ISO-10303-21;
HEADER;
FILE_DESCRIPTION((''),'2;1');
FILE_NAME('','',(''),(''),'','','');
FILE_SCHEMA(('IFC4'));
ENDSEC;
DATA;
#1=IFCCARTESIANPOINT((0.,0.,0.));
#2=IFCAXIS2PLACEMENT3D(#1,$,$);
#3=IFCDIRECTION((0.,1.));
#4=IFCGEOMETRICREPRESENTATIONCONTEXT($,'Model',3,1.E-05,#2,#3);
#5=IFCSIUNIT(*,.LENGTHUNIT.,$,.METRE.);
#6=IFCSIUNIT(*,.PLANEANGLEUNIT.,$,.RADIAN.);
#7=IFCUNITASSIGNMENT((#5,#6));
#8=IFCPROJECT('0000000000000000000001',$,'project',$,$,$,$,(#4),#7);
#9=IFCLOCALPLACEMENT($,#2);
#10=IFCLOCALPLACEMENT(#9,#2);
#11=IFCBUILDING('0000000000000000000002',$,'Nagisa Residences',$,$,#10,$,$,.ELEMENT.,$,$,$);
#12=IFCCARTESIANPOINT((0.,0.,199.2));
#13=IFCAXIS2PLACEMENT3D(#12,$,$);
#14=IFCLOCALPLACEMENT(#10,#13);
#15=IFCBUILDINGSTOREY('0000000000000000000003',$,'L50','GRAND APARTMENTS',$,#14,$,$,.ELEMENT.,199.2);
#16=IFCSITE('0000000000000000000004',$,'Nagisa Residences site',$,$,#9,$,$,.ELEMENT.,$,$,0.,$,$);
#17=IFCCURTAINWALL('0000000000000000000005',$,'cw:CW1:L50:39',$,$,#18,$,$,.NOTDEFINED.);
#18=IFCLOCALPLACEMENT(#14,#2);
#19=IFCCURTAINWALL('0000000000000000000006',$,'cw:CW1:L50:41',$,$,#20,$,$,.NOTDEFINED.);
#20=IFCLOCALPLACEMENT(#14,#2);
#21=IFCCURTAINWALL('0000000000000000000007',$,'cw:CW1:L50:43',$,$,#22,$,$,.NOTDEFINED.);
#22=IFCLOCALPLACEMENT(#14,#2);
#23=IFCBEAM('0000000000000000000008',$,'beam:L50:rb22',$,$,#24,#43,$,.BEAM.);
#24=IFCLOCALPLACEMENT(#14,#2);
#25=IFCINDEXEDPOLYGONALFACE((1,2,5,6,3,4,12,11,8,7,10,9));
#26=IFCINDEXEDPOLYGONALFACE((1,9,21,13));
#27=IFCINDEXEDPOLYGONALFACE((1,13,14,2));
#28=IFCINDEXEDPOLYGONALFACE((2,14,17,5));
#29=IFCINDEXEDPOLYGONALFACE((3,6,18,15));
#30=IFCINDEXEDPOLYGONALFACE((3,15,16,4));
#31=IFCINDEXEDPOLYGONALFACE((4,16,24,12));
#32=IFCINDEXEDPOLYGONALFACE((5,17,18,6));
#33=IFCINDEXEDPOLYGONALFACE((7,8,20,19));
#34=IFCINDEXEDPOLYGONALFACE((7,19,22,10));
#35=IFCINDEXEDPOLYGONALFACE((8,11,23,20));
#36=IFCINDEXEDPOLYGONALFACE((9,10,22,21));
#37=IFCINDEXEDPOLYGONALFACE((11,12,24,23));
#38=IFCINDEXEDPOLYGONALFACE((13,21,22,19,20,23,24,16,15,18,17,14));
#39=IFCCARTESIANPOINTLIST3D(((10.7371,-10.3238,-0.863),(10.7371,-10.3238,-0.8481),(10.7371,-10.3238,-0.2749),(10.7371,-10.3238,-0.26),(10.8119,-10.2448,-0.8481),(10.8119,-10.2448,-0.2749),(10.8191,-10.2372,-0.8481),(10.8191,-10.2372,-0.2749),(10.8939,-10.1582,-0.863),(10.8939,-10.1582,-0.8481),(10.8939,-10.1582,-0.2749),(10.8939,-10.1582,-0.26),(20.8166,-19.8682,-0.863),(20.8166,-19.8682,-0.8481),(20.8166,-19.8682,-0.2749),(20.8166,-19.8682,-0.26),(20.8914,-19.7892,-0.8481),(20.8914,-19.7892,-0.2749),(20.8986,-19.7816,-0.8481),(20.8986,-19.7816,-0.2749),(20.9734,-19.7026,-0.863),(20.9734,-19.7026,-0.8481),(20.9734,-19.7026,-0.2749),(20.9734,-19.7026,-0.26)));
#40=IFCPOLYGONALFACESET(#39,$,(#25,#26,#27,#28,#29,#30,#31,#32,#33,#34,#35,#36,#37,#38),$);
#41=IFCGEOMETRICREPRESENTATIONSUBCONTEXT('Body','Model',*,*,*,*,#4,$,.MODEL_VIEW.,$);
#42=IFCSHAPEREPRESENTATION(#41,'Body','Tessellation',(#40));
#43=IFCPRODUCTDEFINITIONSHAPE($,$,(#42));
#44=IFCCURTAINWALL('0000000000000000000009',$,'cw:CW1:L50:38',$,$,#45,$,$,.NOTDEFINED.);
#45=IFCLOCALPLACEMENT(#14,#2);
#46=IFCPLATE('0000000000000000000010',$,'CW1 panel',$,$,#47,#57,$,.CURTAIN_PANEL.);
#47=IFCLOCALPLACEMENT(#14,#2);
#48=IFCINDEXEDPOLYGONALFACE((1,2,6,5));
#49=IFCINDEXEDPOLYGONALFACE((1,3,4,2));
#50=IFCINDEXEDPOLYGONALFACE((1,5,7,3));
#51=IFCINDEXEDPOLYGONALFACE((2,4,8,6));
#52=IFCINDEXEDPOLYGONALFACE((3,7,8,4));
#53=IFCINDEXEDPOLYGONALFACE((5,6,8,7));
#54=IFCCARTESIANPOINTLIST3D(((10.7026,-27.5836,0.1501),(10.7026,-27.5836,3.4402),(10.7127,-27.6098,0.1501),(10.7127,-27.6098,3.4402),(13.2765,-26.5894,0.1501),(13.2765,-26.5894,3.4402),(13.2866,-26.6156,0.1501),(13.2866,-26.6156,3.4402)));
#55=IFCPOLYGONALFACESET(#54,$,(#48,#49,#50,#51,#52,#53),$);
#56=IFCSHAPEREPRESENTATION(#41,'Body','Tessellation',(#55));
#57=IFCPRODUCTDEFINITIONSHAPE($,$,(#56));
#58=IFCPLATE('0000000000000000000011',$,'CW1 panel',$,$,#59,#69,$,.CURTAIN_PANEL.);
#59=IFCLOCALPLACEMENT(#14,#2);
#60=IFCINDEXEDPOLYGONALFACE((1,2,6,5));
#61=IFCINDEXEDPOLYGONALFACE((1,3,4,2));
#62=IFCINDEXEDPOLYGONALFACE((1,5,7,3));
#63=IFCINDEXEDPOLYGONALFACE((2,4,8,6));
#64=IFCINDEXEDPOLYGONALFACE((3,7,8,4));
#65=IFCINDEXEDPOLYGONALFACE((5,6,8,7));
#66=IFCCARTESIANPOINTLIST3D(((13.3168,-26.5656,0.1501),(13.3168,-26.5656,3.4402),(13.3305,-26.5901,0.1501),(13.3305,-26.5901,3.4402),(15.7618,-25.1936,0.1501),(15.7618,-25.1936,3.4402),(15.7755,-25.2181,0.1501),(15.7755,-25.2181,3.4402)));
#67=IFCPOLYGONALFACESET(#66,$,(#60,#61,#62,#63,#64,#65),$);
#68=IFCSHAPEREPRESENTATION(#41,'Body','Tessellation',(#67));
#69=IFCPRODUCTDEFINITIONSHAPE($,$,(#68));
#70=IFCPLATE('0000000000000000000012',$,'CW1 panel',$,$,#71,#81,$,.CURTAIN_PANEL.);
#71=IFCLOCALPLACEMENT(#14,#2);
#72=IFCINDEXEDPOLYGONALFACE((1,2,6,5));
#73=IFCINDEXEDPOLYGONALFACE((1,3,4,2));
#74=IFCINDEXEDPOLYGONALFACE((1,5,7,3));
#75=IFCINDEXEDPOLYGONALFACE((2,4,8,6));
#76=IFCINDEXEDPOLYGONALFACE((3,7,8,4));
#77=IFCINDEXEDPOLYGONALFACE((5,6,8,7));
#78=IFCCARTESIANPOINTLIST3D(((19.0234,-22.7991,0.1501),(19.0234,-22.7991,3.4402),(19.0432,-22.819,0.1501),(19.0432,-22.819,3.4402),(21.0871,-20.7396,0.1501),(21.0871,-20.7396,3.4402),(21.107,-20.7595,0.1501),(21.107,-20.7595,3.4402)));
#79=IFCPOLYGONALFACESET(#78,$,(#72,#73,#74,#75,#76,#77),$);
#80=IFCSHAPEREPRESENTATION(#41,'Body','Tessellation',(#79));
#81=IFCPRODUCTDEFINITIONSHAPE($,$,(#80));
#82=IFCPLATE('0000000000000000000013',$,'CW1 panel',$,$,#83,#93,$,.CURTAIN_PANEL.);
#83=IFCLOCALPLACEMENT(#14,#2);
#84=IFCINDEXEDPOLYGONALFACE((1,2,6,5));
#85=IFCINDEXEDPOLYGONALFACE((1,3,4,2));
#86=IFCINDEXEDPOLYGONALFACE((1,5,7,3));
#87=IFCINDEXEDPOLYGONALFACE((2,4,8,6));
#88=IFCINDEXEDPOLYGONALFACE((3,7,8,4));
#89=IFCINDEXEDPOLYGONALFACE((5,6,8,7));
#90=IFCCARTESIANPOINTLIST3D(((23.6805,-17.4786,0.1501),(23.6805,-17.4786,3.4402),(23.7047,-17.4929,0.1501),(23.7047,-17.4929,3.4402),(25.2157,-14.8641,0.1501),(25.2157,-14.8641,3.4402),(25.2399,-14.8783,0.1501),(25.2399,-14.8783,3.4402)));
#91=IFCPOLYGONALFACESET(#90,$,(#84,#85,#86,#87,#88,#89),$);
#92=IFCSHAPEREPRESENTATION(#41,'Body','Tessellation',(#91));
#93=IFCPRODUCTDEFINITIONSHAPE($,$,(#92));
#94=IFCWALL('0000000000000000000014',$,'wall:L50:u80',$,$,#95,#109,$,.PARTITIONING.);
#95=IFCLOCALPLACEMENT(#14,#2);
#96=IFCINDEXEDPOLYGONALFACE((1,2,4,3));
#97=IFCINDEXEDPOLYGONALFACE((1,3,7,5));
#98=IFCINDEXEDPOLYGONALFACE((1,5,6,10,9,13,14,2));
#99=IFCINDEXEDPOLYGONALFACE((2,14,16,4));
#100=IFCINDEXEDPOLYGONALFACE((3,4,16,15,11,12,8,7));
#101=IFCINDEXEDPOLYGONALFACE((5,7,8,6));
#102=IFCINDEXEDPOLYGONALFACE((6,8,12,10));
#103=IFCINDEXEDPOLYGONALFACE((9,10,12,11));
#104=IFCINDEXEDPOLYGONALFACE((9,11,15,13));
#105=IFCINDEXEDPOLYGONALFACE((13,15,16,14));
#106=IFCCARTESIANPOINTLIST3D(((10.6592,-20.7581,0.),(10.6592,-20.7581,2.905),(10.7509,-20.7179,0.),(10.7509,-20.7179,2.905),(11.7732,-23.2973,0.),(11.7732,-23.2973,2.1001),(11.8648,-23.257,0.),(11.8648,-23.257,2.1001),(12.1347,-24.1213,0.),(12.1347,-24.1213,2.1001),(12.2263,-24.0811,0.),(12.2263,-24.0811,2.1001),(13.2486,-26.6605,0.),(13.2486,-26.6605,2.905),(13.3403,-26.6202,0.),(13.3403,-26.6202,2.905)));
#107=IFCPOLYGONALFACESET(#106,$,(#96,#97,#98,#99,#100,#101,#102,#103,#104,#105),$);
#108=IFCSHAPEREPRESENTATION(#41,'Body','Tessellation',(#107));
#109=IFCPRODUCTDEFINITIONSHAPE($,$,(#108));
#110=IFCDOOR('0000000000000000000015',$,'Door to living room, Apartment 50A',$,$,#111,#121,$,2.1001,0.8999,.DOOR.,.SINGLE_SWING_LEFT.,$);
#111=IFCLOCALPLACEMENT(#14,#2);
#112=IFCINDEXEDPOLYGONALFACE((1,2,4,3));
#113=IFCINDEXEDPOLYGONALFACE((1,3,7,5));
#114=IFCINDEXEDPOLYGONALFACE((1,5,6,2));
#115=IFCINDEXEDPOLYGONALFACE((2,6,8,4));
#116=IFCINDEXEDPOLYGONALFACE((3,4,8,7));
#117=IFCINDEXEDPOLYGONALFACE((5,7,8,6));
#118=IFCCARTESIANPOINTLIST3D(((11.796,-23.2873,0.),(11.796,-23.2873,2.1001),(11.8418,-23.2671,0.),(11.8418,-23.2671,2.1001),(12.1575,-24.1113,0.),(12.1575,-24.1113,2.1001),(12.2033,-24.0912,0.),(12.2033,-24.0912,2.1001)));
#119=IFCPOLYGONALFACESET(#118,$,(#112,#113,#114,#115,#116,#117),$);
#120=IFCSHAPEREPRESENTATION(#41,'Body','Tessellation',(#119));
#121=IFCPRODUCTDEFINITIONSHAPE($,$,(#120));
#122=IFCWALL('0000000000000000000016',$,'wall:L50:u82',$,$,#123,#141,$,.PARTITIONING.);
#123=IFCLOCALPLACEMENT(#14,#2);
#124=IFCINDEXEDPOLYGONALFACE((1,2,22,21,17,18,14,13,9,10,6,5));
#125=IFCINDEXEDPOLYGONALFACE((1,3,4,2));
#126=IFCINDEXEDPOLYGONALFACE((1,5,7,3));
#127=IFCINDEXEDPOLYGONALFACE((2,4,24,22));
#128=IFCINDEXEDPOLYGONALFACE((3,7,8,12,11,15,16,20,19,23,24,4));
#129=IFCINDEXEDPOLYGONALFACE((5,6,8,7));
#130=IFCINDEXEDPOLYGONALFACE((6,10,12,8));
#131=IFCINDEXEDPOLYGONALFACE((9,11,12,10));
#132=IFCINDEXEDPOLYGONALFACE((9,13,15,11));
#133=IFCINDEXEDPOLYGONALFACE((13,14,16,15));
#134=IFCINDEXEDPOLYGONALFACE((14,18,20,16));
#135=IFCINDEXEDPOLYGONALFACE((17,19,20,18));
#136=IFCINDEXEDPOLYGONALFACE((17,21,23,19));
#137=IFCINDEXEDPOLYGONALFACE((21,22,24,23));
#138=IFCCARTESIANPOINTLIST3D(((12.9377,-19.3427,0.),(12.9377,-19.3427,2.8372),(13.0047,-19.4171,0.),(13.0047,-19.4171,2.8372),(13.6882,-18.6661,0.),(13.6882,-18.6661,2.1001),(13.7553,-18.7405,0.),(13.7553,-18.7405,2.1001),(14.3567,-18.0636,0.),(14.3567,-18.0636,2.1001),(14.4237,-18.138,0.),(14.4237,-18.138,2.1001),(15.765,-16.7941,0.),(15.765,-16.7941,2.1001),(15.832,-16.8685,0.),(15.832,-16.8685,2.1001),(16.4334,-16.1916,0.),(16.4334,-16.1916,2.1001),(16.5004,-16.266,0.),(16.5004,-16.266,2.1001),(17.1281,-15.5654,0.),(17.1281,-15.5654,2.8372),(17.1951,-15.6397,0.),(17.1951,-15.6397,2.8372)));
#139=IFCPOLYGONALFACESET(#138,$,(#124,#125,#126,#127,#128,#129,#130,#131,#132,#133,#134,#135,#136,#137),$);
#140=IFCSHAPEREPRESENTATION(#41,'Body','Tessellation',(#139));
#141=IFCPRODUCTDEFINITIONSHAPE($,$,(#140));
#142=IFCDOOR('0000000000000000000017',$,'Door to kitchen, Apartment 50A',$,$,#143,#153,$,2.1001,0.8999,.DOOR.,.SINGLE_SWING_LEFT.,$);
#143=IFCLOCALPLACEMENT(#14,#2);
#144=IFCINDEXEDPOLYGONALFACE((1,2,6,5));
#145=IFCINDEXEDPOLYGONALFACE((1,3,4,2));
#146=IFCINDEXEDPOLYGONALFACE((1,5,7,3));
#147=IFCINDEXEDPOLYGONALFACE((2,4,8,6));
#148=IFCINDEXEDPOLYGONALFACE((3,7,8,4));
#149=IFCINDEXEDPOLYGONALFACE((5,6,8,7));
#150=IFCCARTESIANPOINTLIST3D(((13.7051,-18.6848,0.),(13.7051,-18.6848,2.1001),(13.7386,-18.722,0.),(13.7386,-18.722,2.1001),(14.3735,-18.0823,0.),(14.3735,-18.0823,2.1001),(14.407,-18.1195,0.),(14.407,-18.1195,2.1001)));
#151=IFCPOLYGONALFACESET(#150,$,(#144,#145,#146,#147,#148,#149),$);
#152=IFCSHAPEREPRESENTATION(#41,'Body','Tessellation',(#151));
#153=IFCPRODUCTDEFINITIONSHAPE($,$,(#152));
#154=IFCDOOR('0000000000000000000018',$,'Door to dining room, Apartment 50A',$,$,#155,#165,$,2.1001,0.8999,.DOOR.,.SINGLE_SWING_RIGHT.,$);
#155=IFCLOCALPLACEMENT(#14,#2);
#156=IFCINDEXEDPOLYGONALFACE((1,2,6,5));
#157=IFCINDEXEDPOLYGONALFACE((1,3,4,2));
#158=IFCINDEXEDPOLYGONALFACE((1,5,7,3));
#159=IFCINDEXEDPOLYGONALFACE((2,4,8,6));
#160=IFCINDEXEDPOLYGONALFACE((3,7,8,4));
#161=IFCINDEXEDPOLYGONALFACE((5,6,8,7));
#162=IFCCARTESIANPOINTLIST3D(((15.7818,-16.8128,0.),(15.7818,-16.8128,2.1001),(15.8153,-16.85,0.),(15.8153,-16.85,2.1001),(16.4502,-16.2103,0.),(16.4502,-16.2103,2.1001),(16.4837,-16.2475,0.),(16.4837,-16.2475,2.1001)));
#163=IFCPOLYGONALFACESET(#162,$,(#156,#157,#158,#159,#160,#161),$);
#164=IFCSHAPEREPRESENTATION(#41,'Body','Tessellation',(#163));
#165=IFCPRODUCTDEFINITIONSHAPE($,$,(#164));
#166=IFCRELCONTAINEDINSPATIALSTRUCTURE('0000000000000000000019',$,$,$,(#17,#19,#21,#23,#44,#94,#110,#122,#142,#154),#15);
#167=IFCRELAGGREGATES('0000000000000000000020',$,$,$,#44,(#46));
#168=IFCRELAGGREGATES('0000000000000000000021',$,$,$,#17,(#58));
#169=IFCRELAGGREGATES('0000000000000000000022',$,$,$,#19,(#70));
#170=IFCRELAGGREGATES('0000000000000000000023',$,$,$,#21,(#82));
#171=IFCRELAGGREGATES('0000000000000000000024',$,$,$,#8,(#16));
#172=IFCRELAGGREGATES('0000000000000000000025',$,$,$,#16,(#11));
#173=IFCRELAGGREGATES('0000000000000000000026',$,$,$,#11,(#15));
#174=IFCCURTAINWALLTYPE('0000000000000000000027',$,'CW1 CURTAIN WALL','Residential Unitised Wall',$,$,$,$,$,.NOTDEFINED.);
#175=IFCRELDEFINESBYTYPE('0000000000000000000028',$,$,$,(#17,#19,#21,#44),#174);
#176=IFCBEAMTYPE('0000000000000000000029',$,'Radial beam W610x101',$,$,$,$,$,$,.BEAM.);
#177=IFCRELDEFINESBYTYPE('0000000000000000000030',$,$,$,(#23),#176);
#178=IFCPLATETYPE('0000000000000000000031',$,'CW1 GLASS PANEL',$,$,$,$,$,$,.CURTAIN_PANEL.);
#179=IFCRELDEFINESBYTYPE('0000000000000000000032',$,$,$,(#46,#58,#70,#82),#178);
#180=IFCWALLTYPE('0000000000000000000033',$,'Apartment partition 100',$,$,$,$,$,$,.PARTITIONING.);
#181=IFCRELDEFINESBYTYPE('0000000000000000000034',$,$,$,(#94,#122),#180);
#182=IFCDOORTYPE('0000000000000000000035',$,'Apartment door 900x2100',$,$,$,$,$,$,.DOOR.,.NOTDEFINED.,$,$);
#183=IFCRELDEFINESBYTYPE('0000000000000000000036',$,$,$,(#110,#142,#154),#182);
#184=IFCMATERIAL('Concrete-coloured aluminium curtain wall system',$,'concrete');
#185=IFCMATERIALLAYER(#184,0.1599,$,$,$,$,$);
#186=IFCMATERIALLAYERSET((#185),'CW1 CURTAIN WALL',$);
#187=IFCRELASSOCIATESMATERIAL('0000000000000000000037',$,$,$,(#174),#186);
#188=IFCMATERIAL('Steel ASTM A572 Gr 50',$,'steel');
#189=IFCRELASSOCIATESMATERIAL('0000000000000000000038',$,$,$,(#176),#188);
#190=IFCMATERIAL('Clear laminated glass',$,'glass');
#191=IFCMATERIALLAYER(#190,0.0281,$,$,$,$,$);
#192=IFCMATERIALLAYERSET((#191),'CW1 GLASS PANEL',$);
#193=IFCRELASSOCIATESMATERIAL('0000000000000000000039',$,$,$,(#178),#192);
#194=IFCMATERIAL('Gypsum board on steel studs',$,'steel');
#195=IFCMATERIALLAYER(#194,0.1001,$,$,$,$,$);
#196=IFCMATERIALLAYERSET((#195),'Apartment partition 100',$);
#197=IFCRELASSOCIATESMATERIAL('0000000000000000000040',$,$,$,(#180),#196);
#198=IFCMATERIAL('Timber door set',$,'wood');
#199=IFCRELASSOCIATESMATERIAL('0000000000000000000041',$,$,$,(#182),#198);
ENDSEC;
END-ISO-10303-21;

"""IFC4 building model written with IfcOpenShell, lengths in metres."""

from ifc_helpers import new_model, si_unit, direction, frame, frame_2d, origin, origin_2d, place, context, subcontext, project, spatial, rectangle, i_section, extrude, material, layer, layer_set, material_profile, profile_set, type_object, element, fill, aggregate, save


model = new_model("IFC4")

# Units and contexts
model_context = context("Model", 3, precision=1e-05, world=origin(), true_north=direction((0.0, 1.0)))
body_context = subcontext(model_context, "Body", "Model", "MODEL_VIEW")
ifc_project = project(units=[si_unit("LENGTHUNIT", "METRE"), si_unit("PLANEANGLEUNIT", "RADIAN")], contexts=[model_context])

# Site, building, storey
site_placement = place(None, origin())
site = spatial("IfcSite", under=ifc_project, at=site_placement, Name="Nagisa Residences site", CompositionType="ELEMENT", RefElevation=0.0)
building_placement = place(site_placement, origin())
building = spatial("IfcBuilding", under=site, at=building_placement, Name="Nagisa Residences", CompositionType="ELEMENT")
storey_placement = place(building_placement, frame((0.0, 0.0, 199.2)))
storey = spatial("IfcBuildingStorey", under=building, at=storey_placement, Name="L50", Description="GRAND APARTMENTS", CompositionType="ELEMENT", Elevation=199.2)

# Curtain walls
ifc_material_1 = material(Name="Concrete-coloured aluminium curtain wall system", Category="concrete")
ifc_layer_1 = layer(ifc_material_1, 0.1599)
ifc_layer_set_1 = layer_set([ifc_layer_1], Name="CW1 CURTAIN WALL")
curtain_wall_type = type_object("IfcCurtainWallType", Name="CW1 CURTAIN WALL", Description="Residential Unitised Wall", PredefinedType="NOTDEFINED", material=ifc_layer_set_1)
curtain_wall_1_placement = place(storey_placement, origin())
curtain_wall_1 = element("IfcCurtainWall", 1, at=curtain_wall_1_placement, inside=storey, type_object=curtain_wall_type, Name="cw:CW1:L50:39", PredefinedType="NOTDEFINED")
curtain_wall_2_placement = place(storey_placement, origin())
curtain_wall_2 = element("IfcCurtainWall", 2, at=curtain_wall_2_placement, inside=storey, type_object=curtain_wall_type, Name="cw:CW1:L50:41", PredefinedType="NOTDEFINED")
curtain_wall_3_placement = place(storey_placement, origin())
curtain_wall_3 = element("IfcCurtainWall", 3, at=curtain_wall_3_placement, inside=storey, type_object=curtain_wall_type, Name="cw:CW1:L50:43", PredefinedType="NOTDEFINED")

# Beam
ifc_material_2 = material(Name="Steel ASTM A572 Gr 50", Category="steel")
ifc_material_profile_1 = material_profile(ifc_material_2, i_section(OverallWidth=0.228, OverallDepth=0.603, WebThickness=0.0105, FlangeThickness=0.0149, at=origin_2d()), Name="W610x101")
ifc_profile_set_1 = profile_set([ifc_material_profile_1], Name="Steel ASTM A572 Gr 50")
beam_type_1 = type_object("IfcBeamType", Name="Radial beam W610x101", PredefinedType="BEAM", material=ifc_profile_set_1)
beam_1_placement = place(storey_placement, frame((20.895, -19.7854, -0.5615), z_axis=(-0.72612, 0.687568, 0.0), x_axis=(-0.687568, -0.72612, 0.0)))
element("IfcBeam", 4, at=beam_1_placement, inside=storey, type_object=beam_type_1, Name="beam:L50:rb22", PredefinedType="BEAM", context=body_context, shape_type="SweptSolid", body=[
    extrude(i_section(OverallWidth=0.228, OverallDepth=0.603, WebThickness=0.0105, FlangeThickness=0.0149, at=origin_2d()), origin(), (0.0, 0.0, 1.0), 13.8813),
])

# Curtain wall, plate
curtain_wall_4_placement = place(storey_placement, origin())
curtain_wall_4 = element("IfcCurtainWall", 5, at=curtain_wall_4_placement, inside=storey, type_object=curtain_wall_type, Name="cw:CW1:L50:38", PredefinedType="NOTDEFINED")
ifc_material_3 = material(Name="Clear laminated glass", Category="glass")
ifc_layer_2 = layer(ifc_material_3, 0.0281)
ifc_layer_set_2 = layer_set([ifc_layer_2], Name="CW1 GLASS PANEL")
plate_type = type_object("IfcPlateType", Name="CW1 GLASS PANEL", PredefinedType="CURTAIN_PANEL", material=ifc_layer_set_2)
plate_1_placement = place(storey_placement, frame((11.9946, -27.0996, 0.1501), z_axis=(0.0, 0.0, 1.0), x_axis=(0.932826, 0.360328, 0.0)))
plate_1 = element("IfcPlate", 6, at=plate_1_placement, type_object=plate_type, Name="CW1 panel", PredefinedType="CURTAIN_PANEL", context=body_context, shape_type="SweptSolid", body=[
    extrude(rectangle(XDim=2.7593, YDim=0.0281, at=origin_2d()), origin(), (0.0, 0.0, 1.0), 3.29),
])
aggregate(curtain_wall_4, [plate_1])

# Plates
plate_2_placement = place(storey_placement, frame((14.5461, -25.8918, 0.1501), z_axis=(0.0, 0.0, 1.0), x_axis=(0.872072, 0.489377, 0.0)))
plate_2 = element("IfcPlate", 7, at=plate_2_placement, type_object=plate_type, Name="CW1 panel", PredefinedType="CURTAIN_PANEL", context=body_context, shape_type="SweptSolid", body=[
    extrude(rectangle(XDim=2.8037, YDim=0.0281, at=origin_2d()), origin(), (0.0, 0.0, 1.0), 3.29),
])
aggregate(curtain_wall_1, [plate_2])
plate_3_placement = place(storey_placement, frame((20.0652, -21.7793, 0.1501), z_axis=(0.0, 0.0, 1.0), x_axis=(0.707836, 0.706377, 0.0)))
plate_3 = element("IfcPlate", 8, at=plate_3_placement, type_object=plate_type, Name="CW1 panel", PredefinedType="CURTAIN_PANEL", context=body_context, shape_type="SweptSolid", body=[
    extrude(rectangle(XDim=2.9155, YDim=0.0281, at=origin_2d()), origin(), (0.0, 0.0, 1.0), 3.29),
])
aggregate(curtain_wall_2, [plate_3])
plate_4_placement = place(storey_placement, frame((24.4602, -16.1785, 0.1501), z_axis=(0.0, 0.0, 1.0), x_axis=(0.506349, 0.862329, 0.0)))
plate_4 = element("IfcPlate", 9, at=plate_4_placement, type_object=plate_type, Name="CW1 panel", PredefinedType="CURTAIN_PANEL", context=body_context, shape_type="SweptSolid", body=[
    extrude(rectangle(XDim=3.032, YDim=0.0281, at=origin_2d()), origin(), (0.0, 0.0, 1.0), 3.29),
])
aggregate(curtain_wall_3, [plate_4])

# Wall, opening, door
ifc_material_4 = material(Name="Gypsum board on steel studs", Category="steel")
ifc_layer_3 = layer(ifc_material_4, 0.1001)
ifc_layer_set_3 = layer_set([ifc_layer_3], Name="Apartment partition 100")
wall_type_1 = type_object("IfcWallType", Name="Apartment partition 100", PredefinedType="PARTITIONING", material=ifc_layer_set_3)
wall_1_placement = place(storey_placement, frame((10.7051, -20.738, 0.0), z_axis=(0.0, 0.0, 1.0), x_axis=(0.401741, -0.915753, 0.0)))
wall_1 = element("IfcWall", 10, at=wall_1_placement, inside=storey, type_object=wall_type_1, Name="wall:L50:u80", PredefinedType="PARTITIONING", context=body_context, shape_type="SweptSolid", body=[
    extrude(rectangle(XDim=6.4453, YDim=0.1001, at=frame_2d((3.2227, 0.0))), origin(), (0.0, 0.0, 1.0), 2.905),
])
opening_1_placement = place(wall_1_placement, frame((2.7727, 0.0, 0.0)))
opening_1 = element("IfcOpeningElement", 11, at=opening_1_placement, cuts=wall_1, PredefinedType="OPENING", context=body_context, shape_type="SweptSolid", body=[
    extrude(rectangle(XDim=0.8999, YDim=2.1001, at=frame_2d((0.45, 1.05))), frame((0.0, 0.0601, 0.0), z_axis=(0.0, -1.0, 0.0), x_axis=(1.0, 0.0, 0.0)), (0.0, 0.0, 1.0), 0.1201),
])
ifc_material_5 = material(Name="Timber door set", Category="wood")
door_type_1 = type_object("IfcDoorType", Name="Apartment door 900x2100", OperationType="NOTDEFINED", PredefinedType="DOOR", material=ifc_material_5)
door_1_placement = place(opening_1_placement, origin())
door_1 = element("IfcDoor", 12, at=door_1_placement, inside=storey, type_object=door_type_1, Name="Door to living room, Apartment 50A", OperationType="SINGLE_SWING_LEFT", OverallHeight=2.1001, OverallWidth=0.8999, PredefinedType="DOOR", context=body_context, shape_type="SweptSolid", body=[
    extrude(rectangle(XDim=0.8999, YDim=2.1001, at=frame_2d((0.45, 1.05))), frame((0.0, 0.0249, 0.0), z_axis=(0.0, -1.0, 0.0), x_axis=(1.0, 0.0, 0.0)), (0.0, 0.0, 1.0), 0.05),
])
fill(opening_1, door_1)

# Wall, openings, doors
wall_2_placement = place(storey_placement, frame((12.9712, -19.3799, 0.0), z_axis=(0.0, 0.0, 1.0), x_axis=(0.742769, 0.669548, 0.0)))
wall_2 = element("IfcWall", 13, at=wall_2_placement, inside=storey, type_object=wall_type_1, Name="wall:L50:u82", PredefinedType="PARTITIONING", context=body_context, shape_type="SweptSolid", body=[
    extrude(rectangle(XDim=5.6416, YDim=0.1001, at=frame_2d((2.8208, 0.0))), origin(), (0.0, 0.0, 1.0), 2.8372),
])
opening_2_placement = place(wall_2_placement, frame((1.0105, 0.0, 0.0)))
opening_2 = element("IfcOpeningElement", 14, at=opening_2_placement, cuts=wall_2, PredefinedType="OPENING", context=body_context, shape_type="SweptSolid", body=[
    extrude(rectangle(XDim=0.8999, YDim=2.1001, at=frame_2d((0.45, 1.05))), frame((0.0, 0.0601, 0.0), z_axis=(0.0, -1.0, 0.0), x_axis=(1.0, 0.0, 0.0)), (0.0, 0.0, 1.0), 0.1201),
])
opening_3_placement = place(wall_2_placement, frame((3.8064, 0.0, 0.0)))
opening_3 = element("IfcOpeningElement", 15, at=opening_3_placement, cuts=wall_2, PredefinedType="OPENING", context=body_context, shape_type="SweptSolid", body=[
    extrude(rectangle(XDim=0.8999, YDim=2.1001, at=frame_2d((0.45, 1.05))), frame((0.0, 0.0601, 0.0), z_axis=(0.0, -1.0, 0.0), x_axis=(1.0, 0.0, 0.0)), (0.0, 0.0, 1.0), 0.1201),
])
door_2_placement = place(opening_2_placement, origin())
door_2 = element("IfcDoor", 16, at=door_2_placement, inside=storey, type_object=door_type_1, Name="Door to kitchen, Apartment 50A", OperationType="SINGLE_SWING_LEFT", OverallHeight=2.1001, OverallWidth=0.8999, PredefinedType="DOOR", context=body_context, shape_type="SweptSolid", body=[
    extrude(rectangle(XDim=0.8999, YDim=2.1001, at=frame_2d((0.45, 1.05))), frame((0.0, 0.0249, 0.0), z_axis=(0.0, -1.0, 0.0), x_axis=(1.0, 0.0, 0.0)), (0.0, 0.0, 1.0), 0.05),
])
fill(opening_2, door_2)
door_3_placement = place(opening_3_placement, origin())
door_3 = element("IfcDoor", 17, at=door_3_placement, inside=storey, type_object=door_type_1, Name="Door to dining room, Apartment 50A", OperationType="SINGLE_SWING_RIGHT", OverallHeight=2.1001, OverallWidth=0.8999, PredefinedType="DOOR", context=body_context, shape_type="SweptSolid", body=[
    extrude(rectangle(XDim=0.8999, YDim=2.1001, at=frame_2d((0.45, 1.05))), frame((0.0, 0.0249, 0.0), z_axis=(0.0, -1.0, 0.0), x_axis=(1.0, 0.0, 0.0)), (0.0, 0.0, 1.0), 0.05),
])
fill(opening_3, door_3)

save(model, "model.ifc")
